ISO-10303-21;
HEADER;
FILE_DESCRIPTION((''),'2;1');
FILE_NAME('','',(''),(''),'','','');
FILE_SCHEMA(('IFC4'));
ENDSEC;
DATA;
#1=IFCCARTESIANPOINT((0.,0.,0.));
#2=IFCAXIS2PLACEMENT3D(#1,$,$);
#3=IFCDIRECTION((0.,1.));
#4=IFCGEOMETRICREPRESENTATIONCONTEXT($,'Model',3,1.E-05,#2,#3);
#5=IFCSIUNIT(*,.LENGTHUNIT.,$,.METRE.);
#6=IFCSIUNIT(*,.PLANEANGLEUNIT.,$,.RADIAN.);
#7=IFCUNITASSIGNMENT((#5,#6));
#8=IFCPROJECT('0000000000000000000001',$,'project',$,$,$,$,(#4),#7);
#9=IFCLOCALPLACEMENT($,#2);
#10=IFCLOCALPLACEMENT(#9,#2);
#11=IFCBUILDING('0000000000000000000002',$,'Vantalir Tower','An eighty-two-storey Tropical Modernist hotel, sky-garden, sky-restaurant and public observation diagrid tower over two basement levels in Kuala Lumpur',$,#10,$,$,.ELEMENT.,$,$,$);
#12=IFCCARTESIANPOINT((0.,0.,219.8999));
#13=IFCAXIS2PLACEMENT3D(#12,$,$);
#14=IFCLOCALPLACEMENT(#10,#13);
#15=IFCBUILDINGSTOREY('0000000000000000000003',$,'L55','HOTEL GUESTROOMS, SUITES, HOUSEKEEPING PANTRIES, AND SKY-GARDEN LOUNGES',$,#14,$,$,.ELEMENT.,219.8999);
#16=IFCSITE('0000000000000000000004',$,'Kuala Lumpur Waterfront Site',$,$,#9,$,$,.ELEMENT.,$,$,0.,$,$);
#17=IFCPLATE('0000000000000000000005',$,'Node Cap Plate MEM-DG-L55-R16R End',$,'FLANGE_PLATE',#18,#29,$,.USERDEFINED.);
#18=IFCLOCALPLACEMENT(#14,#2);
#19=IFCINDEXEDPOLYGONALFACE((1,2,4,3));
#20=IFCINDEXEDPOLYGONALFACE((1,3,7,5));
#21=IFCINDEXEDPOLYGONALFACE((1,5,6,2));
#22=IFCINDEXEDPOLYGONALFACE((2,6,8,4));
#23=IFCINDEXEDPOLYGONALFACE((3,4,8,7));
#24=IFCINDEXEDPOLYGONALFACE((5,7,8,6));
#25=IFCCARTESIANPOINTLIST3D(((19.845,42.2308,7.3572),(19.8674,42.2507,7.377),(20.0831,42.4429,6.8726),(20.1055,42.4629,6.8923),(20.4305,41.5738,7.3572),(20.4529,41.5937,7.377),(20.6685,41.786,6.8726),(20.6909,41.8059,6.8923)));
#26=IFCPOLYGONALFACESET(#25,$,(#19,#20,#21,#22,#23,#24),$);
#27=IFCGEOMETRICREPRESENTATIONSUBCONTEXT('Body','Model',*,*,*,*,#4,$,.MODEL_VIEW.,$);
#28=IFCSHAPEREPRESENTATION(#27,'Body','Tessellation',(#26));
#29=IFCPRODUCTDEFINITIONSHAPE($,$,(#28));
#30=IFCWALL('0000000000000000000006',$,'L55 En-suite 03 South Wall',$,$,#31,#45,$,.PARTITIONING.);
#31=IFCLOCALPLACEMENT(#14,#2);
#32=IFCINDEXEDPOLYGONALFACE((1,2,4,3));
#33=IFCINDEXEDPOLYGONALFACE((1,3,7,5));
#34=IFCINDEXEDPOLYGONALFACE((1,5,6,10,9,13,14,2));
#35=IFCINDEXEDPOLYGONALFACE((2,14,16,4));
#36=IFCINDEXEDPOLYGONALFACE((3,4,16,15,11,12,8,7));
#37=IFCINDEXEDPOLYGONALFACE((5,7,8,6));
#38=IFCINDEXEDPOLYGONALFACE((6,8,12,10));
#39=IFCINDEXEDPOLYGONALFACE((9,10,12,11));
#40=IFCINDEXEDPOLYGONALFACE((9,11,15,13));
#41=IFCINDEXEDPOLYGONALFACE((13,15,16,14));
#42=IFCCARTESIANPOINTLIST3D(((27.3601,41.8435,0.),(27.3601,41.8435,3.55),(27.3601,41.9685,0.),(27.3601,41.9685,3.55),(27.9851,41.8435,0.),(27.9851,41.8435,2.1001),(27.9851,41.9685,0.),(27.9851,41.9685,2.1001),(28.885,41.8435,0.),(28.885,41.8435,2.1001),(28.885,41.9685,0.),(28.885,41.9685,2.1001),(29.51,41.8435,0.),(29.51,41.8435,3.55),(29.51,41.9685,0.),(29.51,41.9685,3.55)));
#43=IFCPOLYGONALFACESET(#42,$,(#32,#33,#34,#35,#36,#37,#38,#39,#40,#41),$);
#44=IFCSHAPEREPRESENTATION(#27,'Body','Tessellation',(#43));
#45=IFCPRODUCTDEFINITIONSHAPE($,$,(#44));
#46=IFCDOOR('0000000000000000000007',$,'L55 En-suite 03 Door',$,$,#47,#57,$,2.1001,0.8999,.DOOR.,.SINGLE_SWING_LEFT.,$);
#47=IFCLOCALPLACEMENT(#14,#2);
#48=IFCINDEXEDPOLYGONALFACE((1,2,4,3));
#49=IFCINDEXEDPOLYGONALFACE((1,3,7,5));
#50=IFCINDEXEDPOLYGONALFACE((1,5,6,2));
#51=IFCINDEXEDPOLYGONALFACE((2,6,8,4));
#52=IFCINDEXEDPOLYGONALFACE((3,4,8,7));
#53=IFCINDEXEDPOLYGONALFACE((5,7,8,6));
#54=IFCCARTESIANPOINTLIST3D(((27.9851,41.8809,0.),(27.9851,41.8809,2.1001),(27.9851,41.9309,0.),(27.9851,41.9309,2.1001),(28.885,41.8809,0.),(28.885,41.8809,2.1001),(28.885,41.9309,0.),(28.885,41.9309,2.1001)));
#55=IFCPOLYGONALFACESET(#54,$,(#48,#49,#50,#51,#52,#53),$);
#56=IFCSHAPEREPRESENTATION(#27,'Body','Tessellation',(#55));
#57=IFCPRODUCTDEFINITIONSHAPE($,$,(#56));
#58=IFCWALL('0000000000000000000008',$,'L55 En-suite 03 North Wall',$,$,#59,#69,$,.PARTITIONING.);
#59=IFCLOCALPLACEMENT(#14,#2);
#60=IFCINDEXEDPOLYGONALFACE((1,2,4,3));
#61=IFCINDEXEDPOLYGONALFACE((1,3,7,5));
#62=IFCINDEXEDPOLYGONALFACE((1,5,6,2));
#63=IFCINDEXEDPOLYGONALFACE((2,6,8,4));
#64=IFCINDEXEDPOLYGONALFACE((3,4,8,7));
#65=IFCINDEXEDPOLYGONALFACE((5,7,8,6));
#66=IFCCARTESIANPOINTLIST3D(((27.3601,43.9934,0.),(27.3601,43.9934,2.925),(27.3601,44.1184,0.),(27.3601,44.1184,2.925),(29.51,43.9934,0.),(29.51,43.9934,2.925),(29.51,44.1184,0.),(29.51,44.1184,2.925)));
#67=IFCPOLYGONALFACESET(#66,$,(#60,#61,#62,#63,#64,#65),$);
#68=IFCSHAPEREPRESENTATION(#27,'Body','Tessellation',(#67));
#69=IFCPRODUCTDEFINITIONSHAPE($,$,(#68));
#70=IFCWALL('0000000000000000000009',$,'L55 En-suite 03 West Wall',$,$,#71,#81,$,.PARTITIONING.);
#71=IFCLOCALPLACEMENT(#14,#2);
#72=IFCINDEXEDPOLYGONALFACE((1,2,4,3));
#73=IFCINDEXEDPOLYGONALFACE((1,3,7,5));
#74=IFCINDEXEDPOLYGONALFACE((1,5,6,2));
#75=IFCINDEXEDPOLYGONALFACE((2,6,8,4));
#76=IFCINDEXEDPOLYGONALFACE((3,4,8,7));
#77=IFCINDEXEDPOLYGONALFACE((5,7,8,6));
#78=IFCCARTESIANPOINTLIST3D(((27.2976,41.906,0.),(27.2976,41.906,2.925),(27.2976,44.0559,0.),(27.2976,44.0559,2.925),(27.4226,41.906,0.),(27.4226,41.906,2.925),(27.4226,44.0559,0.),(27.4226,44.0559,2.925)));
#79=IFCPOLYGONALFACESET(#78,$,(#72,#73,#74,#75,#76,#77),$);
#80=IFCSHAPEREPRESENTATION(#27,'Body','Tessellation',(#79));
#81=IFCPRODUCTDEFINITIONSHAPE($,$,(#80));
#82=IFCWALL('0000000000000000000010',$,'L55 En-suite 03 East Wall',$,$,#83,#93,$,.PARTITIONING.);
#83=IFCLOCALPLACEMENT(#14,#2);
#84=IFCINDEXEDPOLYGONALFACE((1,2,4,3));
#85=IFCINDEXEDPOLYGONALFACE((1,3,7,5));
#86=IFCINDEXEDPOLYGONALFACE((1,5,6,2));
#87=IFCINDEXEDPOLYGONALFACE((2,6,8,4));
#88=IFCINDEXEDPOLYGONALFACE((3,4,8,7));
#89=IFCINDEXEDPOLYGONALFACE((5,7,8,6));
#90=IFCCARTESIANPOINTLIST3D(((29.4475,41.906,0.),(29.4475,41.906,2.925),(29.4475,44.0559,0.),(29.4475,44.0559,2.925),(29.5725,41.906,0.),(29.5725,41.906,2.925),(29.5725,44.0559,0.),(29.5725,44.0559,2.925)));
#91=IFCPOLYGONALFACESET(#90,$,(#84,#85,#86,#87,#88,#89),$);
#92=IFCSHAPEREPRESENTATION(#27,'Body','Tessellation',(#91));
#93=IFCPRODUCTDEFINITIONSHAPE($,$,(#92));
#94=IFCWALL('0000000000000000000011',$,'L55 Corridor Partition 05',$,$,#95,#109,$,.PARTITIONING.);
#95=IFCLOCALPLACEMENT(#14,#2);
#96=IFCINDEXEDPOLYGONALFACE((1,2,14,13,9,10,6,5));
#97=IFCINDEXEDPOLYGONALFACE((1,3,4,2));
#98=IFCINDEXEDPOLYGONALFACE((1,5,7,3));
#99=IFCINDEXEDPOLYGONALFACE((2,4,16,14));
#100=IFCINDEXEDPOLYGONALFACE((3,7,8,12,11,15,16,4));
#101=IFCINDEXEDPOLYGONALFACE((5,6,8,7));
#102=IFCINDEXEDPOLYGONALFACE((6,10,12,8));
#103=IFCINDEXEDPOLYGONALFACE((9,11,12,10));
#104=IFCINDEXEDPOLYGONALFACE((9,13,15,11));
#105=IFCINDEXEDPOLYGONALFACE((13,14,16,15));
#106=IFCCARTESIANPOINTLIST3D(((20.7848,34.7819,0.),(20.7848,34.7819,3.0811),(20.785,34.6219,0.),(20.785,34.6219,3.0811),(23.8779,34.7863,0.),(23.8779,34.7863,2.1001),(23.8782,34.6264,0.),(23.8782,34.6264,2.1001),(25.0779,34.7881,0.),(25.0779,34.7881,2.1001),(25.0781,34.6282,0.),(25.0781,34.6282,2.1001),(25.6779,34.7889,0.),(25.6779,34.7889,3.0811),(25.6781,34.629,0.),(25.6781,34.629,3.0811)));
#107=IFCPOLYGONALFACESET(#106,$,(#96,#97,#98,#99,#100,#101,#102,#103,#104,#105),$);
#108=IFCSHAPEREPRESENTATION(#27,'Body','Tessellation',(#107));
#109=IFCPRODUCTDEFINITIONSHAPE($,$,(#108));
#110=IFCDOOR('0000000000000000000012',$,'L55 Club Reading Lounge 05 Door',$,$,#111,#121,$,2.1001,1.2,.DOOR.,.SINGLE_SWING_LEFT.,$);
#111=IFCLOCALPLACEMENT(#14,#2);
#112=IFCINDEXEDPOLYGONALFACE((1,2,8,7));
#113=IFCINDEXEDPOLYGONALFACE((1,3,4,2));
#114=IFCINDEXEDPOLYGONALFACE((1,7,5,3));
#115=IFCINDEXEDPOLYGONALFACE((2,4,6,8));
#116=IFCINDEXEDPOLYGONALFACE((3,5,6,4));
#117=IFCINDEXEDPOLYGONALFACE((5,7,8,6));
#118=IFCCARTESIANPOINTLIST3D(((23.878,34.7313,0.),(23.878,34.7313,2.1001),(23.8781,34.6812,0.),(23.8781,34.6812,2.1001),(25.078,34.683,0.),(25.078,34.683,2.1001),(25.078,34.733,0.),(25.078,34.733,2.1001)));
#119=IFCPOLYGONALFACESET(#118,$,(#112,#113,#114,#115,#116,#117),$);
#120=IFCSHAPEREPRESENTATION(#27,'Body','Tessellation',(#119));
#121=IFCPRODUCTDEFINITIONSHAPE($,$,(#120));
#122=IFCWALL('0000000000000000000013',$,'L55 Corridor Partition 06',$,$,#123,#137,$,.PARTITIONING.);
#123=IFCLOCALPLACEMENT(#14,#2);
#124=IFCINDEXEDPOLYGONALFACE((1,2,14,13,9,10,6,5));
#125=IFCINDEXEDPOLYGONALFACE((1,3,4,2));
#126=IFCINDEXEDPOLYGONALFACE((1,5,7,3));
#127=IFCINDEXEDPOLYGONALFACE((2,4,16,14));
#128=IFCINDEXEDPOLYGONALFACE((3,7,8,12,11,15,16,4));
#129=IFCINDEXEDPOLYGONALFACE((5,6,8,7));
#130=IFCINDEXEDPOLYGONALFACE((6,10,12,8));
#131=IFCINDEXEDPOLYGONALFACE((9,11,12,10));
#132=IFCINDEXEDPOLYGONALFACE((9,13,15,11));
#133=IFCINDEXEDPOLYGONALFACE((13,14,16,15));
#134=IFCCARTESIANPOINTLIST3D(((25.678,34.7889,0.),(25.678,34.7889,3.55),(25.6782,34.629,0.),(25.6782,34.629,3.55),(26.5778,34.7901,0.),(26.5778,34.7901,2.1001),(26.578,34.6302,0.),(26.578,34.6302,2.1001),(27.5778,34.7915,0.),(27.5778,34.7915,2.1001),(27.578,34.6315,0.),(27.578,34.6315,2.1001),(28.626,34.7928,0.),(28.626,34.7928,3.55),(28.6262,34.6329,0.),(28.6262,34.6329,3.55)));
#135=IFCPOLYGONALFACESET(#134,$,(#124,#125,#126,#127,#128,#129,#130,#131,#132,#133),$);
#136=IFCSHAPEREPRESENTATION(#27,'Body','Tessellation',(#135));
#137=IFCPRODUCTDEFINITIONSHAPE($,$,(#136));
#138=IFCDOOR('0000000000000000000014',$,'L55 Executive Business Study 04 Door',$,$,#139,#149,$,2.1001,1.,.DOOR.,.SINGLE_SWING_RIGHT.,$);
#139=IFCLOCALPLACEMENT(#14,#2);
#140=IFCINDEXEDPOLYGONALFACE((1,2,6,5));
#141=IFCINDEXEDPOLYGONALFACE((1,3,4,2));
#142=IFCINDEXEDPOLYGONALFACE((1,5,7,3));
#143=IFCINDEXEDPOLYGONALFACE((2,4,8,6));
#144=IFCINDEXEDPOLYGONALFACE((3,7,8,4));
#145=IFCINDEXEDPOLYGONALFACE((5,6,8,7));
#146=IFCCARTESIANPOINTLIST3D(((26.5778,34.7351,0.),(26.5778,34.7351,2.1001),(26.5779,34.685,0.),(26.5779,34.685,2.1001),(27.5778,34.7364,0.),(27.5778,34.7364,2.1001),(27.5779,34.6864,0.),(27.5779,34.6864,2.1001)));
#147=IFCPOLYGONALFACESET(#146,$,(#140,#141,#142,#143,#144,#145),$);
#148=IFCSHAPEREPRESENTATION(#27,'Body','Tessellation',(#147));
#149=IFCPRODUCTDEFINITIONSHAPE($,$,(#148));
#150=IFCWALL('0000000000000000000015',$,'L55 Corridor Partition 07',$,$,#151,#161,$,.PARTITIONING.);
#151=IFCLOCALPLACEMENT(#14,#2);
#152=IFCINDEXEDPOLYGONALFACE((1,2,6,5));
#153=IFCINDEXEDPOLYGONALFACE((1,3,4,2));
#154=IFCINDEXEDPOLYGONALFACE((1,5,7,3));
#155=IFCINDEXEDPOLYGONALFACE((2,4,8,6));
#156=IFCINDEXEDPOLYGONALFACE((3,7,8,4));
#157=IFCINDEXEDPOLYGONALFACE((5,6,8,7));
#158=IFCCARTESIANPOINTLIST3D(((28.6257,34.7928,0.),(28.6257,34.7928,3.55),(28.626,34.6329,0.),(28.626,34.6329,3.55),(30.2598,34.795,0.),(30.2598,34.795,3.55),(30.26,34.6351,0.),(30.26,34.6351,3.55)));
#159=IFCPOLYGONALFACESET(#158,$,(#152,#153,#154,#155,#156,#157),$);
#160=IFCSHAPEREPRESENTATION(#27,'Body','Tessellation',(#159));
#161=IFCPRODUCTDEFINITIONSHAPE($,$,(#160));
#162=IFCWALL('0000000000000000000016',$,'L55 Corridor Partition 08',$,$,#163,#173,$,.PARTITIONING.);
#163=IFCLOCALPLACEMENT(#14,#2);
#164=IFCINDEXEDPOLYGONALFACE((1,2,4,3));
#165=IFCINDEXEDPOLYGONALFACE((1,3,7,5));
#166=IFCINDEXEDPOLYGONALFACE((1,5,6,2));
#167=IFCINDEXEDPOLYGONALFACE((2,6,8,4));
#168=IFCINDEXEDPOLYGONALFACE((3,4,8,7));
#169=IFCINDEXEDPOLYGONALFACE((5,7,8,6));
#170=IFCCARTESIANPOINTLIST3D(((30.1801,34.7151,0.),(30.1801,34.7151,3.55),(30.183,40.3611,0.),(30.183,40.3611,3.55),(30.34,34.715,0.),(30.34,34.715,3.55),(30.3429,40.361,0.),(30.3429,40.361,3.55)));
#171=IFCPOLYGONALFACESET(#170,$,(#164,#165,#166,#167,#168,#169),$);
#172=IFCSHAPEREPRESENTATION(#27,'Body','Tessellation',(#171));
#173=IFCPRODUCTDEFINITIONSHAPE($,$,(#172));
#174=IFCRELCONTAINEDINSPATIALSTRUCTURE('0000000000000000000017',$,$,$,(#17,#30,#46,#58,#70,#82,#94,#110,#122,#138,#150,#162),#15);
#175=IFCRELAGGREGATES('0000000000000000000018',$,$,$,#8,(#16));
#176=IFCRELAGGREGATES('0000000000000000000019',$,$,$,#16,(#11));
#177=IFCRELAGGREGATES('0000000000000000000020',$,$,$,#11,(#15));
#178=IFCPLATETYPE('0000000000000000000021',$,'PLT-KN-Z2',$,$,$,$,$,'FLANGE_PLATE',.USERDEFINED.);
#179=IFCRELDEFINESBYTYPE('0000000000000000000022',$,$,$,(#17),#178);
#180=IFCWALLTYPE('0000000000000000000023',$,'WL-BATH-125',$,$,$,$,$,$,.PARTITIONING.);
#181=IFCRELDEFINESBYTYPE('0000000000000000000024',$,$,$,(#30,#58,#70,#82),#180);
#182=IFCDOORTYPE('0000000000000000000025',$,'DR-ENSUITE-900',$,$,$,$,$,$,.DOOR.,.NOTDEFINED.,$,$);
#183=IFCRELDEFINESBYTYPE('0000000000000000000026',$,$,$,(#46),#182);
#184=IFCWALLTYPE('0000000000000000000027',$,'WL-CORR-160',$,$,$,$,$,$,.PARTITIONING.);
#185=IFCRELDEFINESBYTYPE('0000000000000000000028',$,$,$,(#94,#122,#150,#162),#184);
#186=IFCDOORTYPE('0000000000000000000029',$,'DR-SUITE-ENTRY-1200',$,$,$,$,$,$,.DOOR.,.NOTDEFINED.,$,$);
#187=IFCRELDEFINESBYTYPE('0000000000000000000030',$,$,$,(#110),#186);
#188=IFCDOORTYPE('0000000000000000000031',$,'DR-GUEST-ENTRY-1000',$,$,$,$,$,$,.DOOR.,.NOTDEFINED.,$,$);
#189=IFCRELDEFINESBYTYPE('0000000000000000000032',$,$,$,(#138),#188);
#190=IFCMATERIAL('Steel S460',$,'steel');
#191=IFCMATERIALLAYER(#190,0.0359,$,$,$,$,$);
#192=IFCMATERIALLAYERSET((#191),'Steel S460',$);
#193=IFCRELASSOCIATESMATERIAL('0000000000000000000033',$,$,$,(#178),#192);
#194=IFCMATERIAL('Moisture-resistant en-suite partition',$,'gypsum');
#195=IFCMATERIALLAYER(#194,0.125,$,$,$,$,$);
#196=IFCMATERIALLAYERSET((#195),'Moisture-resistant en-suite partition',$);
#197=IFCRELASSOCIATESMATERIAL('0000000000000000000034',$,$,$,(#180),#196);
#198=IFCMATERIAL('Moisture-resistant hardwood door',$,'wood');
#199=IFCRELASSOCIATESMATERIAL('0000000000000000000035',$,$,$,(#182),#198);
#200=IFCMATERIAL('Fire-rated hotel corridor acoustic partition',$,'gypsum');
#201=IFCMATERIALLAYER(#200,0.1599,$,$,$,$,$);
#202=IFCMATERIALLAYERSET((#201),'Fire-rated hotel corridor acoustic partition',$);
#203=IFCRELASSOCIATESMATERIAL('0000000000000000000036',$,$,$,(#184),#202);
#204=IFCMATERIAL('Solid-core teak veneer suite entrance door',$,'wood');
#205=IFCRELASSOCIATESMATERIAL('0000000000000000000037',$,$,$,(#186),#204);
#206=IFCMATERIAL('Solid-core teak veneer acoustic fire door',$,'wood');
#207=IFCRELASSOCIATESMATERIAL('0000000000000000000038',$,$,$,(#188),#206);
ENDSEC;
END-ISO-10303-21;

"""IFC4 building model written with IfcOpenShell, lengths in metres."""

from ifc_helpers import new_model, si_unit, direction, frame, frame_2d, origin, place, context, subcontext, project, spatial, polyline, rectangle, outline, extrude, material, layer, layer_set, type_object, element, fill, save


model = new_model("IFC4")

# Units and contexts
model_context = context("Model", 3, precision=1e-05, world=origin(), true_north=direction((0.0, 1.0)))
body_context = subcontext(model_context, "Body", "Model", "MODEL_VIEW")
ifc_project = project(units=[si_unit("LENGTHUNIT", "METRE"), si_unit("PLANEANGLEUNIT", "RADIAN")], contexts=[model_context])

# Site, building, storey
site_placement = place(None, origin())
site = spatial("IfcSite", under=ifc_project, at=site_placement, Name="Kuala Lumpur Waterfront Site", CompositionType="ELEMENT", RefElevation=0.0)
building_placement = place(site_placement, origin())
building = spatial("IfcBuilding", under=site, at=building_placement, Name="Vantalir Tower", Description="An eighty-two-storey Tropical Modernist hotel, sky-garden, sky-restaurant and public observation diagrid tower over two basement levels in Kuala Lumpur", CompositionType="ELEMENT")
storey_placement = place(building_placement, frame((0.0, 0.0, 219.8999)))
storey = spatial("IfcBuildingStorey", under=building, at=storey_placement, Name="L55", Description="HOTEL GUESTROOMS, SUITES, HOUSEKEEPING PANTRIES, AND SKY-GARDEN LOUNGES", CompositionType="ELEMENT", Elevation=219.8999)

# Plate
ifc_material_1 = material(Name="Steel S460", Category="steel")
ifc_layer_1 = layer(ifc_material_1, 0.0359)
ifc_layer_set_1 = layer_set([ifc_layer_1], Name="Steel S460")
plate_type_1 = type_object("IfcPlateType", Name="PLT-KN-Z2", ElementType="FLANGE_PLATE", PredefinedType="USERDEFINED", material=ifc_layer_set_1)
plate_1_placement = place(storey_placement, frame((20.6909, 41.8059, 6.8923), z_axis=(0.623688, 0.55578, 0.549657), x_axis=(-0.665293, 0.746582, 0.0)))
element("IfcPlate", 1, at=plate_1_placement, inside=storey, type_object=plate_type_1, Name="Node Cap Plate MEM-DG-L55-R16R End", ObjectType="FLANGE_PLATE", PredefinedType="USERDEFINED", context=body_context, shape_type="SweptSolid", body=[
    extrude(outline(polyline([(0.0, 0.0), (0.88, 0.0), (0.88, 0.5801), (0.0, 0.5801), (0.0, 0.0)])), origin(), (0.0, 0.0, -1.0), 0.0359),
])

# Wall, opening, door
ifc_material_2 = material(Name="Moisture-resistant en-suite partition", Category="gypsum")
ifc_layer_2 = layer(ifc_material_2, 0.125)
ifc_layer_set_2 = layer_set([ifc_layer_2], Name="Moisture-resistant en-suite partition")
wall_type_1 = type_object("IfcWallType", Name="WL-BATH-125", PredefinedType="PARTITIONING", material=ifc_layer_set_2)
wall_1_placement = place(storey_placement, frame((27.3601, 41.906, 0.0), z_axis=(0.0, 0.0, 1.0), x_axis=(1.0, 0.0, 0.0)))
wall_1 = element("IfcWall", 2, at=wall_1_placement, inside=storey, type_object=wall_type_1, Name="L55 En-suite 03 South Wall", PredefinedType="PARTITIONING", context=body_context, shape_type="SweptSolid", body=[
    extrude(rectangle(XDim=2.1499, YDim=0.125, at=frame_2d((1.075, 0.0))), origin(), (0.0, 0.0, 1.0), 3.55),
])
opening_1_placement = place(wall_1_placement, frame((0.625, 0.0, 0.0)))
opening_1 = element("IfcOpeningElement", 3, at=opening_1_placement, cuts=wall_1, PredefinedType="OPENING", context=body_context, shape_type="SweptSolid", body=[
    extrude(rectangle(XDim=0.8999, YDim=2.1001, at=frame_2d((0.45, 1.05))), frame((0.0, 0.0725, 0.0), z_axis=(0.0, -1.0, 0.0), x_axis=(1.0, 0.0, 0.0)), (0.0, 0.0, 1.0), 0.145),
])
ifc_material_3 = material(Name="Moisture-resistant hardwood door", Category="wood")
door_type_1 = type_object("IfcDoorType", Name="DR-ENSUITE-900", OperationType="NOTDEFINED", PredefinedType="DOOR", material=ifc_material_3)
door_1_placement = place(opening_1_placement, origin())
door_1 = element("IfcDoor", 4, at=door_1_placement, inside=storey, type_object=door_type_1, Name="L55 En-suite 03 Door", OperationType="SINGLE_SWING_LEFT", OverallHeight=2.1001, OverallWidth=0.8999, PredefinedType="DOOR", context=body_context, shape_type="SweptSolid", body=[
    extrude(rectangle(XDim=0.8999, YDim=2.1001, at=frame_2d((0.45, 1.05))), frame((0.0, 0.0249, 0.0), z_axis=(0.0, -1.0, 0.0), x_axis=(1.0, 0.0, 0.0)), (0.0, 0.0, 1.0), 0.05),
])
fill(opening_1, door_1)

# Walls
for number, where, z_axis, x_axis, name in (
    (5, (27.3601, 44.0559, 0.0), (0.0, 0.0, 1.0), (1.0, 0.0, 0.0), "L55 En-suite 03 North Wall"),
    (6, (27.3601, 41.906, 0.0), (0.0, 0.0, 1.0), (0.0, 1.0, 0.0), "L55 En-suite 03 West Wall"),
    (7, (29.51, 41.906, 0.0), (0.0, 0.0, 1.0), (0.0, 1.0, 0.0), "L55 En-suite 03 East Wall"),
):
    element("IfcWall", number, at=place(storey_placement, frame(where, z_axis=z_axis, x_axis=x_axis)), inside=storey, type_object=wall_type_1, Name=name, PredefinedType="PARTITIONING", context=body_context, shape_type="SweptSolid", body=[
        extrude(rectangle(XDim=2.1499, YDim=0.125, at=frame_2d((1.075, 0.0))), origin(), (0.0, 0.0, 1.0), 2.925),
    ])

# Walls, openings, doors
ifc_material_4 = material(Name="Fire-rated hotel corridor acoustic partition", Category="gypsum")
ifc_layer_3 = layer(ifc_material_4, 0.1599)
ifc_layer_set_3 = layer_set([ifc_layer_3], Name="Fire-rated hotel corridor acoustic partition")
wall_type_2 = type_object("IfcWallType", Name="WL-CORR-160", PredefinedType="PARTITIONING", material=ifc_layer_set_3)
wall_2_placement = place(storey_placement, frame((20.7849, 34.7019, 0.0), z_axis=(0.0, 0.0, 1.0), x_axis=(0.999999, 0.001447, 0.0)))
wall_2 = element("IfcWall", 8, at=wall_2_placement, inside=storey, type_object=wall_type_2, Name="L55 Corridor Partition 05", PredefinedType="PARTITIONING", context=body_context, shape_type="SweptSolid", body=[
    extrude(rectangle(XDim=4.8931, YDim=0.1599, at=frame_2d((2.4465, 0.0))), origin(), (0.0, 0.0, 1.0), 3.0811),
])
opening_2_placement = place(wall_2_placement, frame((3.093, 0.0, 0.0)))
opening_2 = element("IfcOpeningElement", 9, at=opening_2_placement, cuts=wall_2, PredefinedType="OPENING", context=body_context, shape_type="SweptSolid", body=[
    extrude(rectangle(XDim=1.2, YDim=2.1001, at=frame_2d((0.6001, 1.05))), frame((0.0, 0.0898, 0.0), z_axis=(0.0, -1.0, 0.0), x_axis=(1.0, 0.0, 0.0)), (0.0, 0.0, 1.0), 0.1799),
])
ifc_material_5 = material(Name="Solid-core teak veneer suite entrance door", Category="wood")
door_type_2 = type_object("IfcDoorType", Name="DR-SUITE-ENTRY-1200", OperationType="NOTDEFINED", PredefinedType="DOOR", material=ifc_material_5)
door_2_placement = place(opening_2_placement, origin())
door_2 = element("IfcDoor", 10, at=door_2_placement, inside=storey, type_object=door_type_2, Name="L55 Club Reading Lounge 05 Door", OperationType="SINGLE_SWING_LEFT", OverallHeight=2.1001, OverallWidth=1.2, PredefinedType="DOOR", context=body_context, shape_type="SweptSolid", body=[
    extrude(rectangle(XDim=1.2, YDim=2.1001, at=frame_2d((0.6001, 1.05))), frame((0.0, 0.0249, 0.0), z_axis=(0.0, -1.0, 0.0), x_axis=(1.0, 0.0, 0.0)), (0.0, 0.0, 1.0), 0.05),
])
fill(opening_2, door_2)
wall_3_placement = place(storey_placement, frame((25.678, 34.709, 0.0), z_axis=(0.0, 0.0, 1.0), x_axis=(0.999999, 0.001325, 0.0)))
wall_3 = element("IfcWall", 11, at=wall_3_placement, inside=storey, type_object=wall_type_2, Name="L55 Corridor Partition 06", PredefinedType="PARTITIONING", context=body_context, shape_type="SweptSolid", body=[
    extrude(rectangle(XDim=2.948, YDim=0.1599, at=frame_2d((1.4741, 0.0))), origin(), (0.0, 0.0, 1.0), 3.55),
])
opening_3_placement = place(wall_3_placement, frame((0.8999, 0.0, 0.0)))
opening_3 = element("IfcOpeningElement", 12, at=opening_3_placement, cuts=wall_3, PredefinedType="OPENING", context=body_context, shape_type="SweptSolid", body=[
    extrude(rectangle(XDim=1.0, YDim=2.1001, at=frame_2d((0.5, 1.05))), frame((0.0, 0.0898, 0.0), z_axis=(0.0, -1.0, 0.0), x_axis=(1.0, 0.0, 0.0)), (0.0, 0.0, 1.0), 0.1799),
])
ifc_material_6 = material(Name="Solid-core teak veneer acoustic fire door", Category="wood")
door_type_3 = type_object("IfcDoorType", Name="DR-GUEST-ENTRY-1000", OperationType="NOTDEFINED", PredefinedType="DOOR", material=ifc_material_6)
door_3_placement = place(opening_3_placement, origin())
door_3 = element("IfcDoor", 13, at=door_3_placement, inside=storey, type_object=door_type_3, Name="L55 Executive Business Study 04 Door", OperationType="SINGLE_SWING_RIGHT", OverallHeight=2.1001, OverallWidth=1.0, PredefinedType="DOOR", context=body_context, shape_type="SweptSolid", body=[
    extrude(rectangle(XDim=1.0, YDim=2.1001, at=frame_2d((0.5, 1.05))), frame((0.0, 0.0249, 0.0), z_axis=(0.0, -1.0, 0.0), x_axis=(1.0, 0.0, 0.0)), (0.0, 0.0, 1.0), 0.05),
])
fill(opening_3, door_3)

# Walls
wall_4_placement = place(storey_placement, frame((28.626, 34.7129, 0.0), z_axis=(0.0, 0.0, 1.0), x_axis=(0.999999, 0.001345, 0.0)))
element("IfcWall", 14, at=wall_4_placement, inside=storey, type_object=wall_type_2, Name="L55 Corridor Partition 07", PredefinedType="PARTITIONING", context=body_context, shape_type="SweptSolid", body=[
    extrude(rectangle(XDim=1.634, YDim=0.1599, at=frame_2d((0.8169, 0.0))), origin(), (0.0, 0.0, 1.0), 3.55),
])
wall_5_placement = place(storey_placement, frame((30.26, 34.7151, 0.0), z_axis=(0.0, 0.0, 1.0), x_axis=(0.000519, 1.0, 0.0)))
element("IfcWall", 15, at=wall_5_placement, inside=storey, type_object=wall_type_2, Name="L55 Corridor Partition 08", PredefinedType="PARTITIONING", context=body_context, shape_type="SweptSolid", body=[
    extrude(rectangle(XDim=5.646, YDim=0.1599, at=frame_2d((2.823, 0.0))), origin(), (0.0, 0.0, 1.0), 3.55),
])

save(model, "model.ifc")
